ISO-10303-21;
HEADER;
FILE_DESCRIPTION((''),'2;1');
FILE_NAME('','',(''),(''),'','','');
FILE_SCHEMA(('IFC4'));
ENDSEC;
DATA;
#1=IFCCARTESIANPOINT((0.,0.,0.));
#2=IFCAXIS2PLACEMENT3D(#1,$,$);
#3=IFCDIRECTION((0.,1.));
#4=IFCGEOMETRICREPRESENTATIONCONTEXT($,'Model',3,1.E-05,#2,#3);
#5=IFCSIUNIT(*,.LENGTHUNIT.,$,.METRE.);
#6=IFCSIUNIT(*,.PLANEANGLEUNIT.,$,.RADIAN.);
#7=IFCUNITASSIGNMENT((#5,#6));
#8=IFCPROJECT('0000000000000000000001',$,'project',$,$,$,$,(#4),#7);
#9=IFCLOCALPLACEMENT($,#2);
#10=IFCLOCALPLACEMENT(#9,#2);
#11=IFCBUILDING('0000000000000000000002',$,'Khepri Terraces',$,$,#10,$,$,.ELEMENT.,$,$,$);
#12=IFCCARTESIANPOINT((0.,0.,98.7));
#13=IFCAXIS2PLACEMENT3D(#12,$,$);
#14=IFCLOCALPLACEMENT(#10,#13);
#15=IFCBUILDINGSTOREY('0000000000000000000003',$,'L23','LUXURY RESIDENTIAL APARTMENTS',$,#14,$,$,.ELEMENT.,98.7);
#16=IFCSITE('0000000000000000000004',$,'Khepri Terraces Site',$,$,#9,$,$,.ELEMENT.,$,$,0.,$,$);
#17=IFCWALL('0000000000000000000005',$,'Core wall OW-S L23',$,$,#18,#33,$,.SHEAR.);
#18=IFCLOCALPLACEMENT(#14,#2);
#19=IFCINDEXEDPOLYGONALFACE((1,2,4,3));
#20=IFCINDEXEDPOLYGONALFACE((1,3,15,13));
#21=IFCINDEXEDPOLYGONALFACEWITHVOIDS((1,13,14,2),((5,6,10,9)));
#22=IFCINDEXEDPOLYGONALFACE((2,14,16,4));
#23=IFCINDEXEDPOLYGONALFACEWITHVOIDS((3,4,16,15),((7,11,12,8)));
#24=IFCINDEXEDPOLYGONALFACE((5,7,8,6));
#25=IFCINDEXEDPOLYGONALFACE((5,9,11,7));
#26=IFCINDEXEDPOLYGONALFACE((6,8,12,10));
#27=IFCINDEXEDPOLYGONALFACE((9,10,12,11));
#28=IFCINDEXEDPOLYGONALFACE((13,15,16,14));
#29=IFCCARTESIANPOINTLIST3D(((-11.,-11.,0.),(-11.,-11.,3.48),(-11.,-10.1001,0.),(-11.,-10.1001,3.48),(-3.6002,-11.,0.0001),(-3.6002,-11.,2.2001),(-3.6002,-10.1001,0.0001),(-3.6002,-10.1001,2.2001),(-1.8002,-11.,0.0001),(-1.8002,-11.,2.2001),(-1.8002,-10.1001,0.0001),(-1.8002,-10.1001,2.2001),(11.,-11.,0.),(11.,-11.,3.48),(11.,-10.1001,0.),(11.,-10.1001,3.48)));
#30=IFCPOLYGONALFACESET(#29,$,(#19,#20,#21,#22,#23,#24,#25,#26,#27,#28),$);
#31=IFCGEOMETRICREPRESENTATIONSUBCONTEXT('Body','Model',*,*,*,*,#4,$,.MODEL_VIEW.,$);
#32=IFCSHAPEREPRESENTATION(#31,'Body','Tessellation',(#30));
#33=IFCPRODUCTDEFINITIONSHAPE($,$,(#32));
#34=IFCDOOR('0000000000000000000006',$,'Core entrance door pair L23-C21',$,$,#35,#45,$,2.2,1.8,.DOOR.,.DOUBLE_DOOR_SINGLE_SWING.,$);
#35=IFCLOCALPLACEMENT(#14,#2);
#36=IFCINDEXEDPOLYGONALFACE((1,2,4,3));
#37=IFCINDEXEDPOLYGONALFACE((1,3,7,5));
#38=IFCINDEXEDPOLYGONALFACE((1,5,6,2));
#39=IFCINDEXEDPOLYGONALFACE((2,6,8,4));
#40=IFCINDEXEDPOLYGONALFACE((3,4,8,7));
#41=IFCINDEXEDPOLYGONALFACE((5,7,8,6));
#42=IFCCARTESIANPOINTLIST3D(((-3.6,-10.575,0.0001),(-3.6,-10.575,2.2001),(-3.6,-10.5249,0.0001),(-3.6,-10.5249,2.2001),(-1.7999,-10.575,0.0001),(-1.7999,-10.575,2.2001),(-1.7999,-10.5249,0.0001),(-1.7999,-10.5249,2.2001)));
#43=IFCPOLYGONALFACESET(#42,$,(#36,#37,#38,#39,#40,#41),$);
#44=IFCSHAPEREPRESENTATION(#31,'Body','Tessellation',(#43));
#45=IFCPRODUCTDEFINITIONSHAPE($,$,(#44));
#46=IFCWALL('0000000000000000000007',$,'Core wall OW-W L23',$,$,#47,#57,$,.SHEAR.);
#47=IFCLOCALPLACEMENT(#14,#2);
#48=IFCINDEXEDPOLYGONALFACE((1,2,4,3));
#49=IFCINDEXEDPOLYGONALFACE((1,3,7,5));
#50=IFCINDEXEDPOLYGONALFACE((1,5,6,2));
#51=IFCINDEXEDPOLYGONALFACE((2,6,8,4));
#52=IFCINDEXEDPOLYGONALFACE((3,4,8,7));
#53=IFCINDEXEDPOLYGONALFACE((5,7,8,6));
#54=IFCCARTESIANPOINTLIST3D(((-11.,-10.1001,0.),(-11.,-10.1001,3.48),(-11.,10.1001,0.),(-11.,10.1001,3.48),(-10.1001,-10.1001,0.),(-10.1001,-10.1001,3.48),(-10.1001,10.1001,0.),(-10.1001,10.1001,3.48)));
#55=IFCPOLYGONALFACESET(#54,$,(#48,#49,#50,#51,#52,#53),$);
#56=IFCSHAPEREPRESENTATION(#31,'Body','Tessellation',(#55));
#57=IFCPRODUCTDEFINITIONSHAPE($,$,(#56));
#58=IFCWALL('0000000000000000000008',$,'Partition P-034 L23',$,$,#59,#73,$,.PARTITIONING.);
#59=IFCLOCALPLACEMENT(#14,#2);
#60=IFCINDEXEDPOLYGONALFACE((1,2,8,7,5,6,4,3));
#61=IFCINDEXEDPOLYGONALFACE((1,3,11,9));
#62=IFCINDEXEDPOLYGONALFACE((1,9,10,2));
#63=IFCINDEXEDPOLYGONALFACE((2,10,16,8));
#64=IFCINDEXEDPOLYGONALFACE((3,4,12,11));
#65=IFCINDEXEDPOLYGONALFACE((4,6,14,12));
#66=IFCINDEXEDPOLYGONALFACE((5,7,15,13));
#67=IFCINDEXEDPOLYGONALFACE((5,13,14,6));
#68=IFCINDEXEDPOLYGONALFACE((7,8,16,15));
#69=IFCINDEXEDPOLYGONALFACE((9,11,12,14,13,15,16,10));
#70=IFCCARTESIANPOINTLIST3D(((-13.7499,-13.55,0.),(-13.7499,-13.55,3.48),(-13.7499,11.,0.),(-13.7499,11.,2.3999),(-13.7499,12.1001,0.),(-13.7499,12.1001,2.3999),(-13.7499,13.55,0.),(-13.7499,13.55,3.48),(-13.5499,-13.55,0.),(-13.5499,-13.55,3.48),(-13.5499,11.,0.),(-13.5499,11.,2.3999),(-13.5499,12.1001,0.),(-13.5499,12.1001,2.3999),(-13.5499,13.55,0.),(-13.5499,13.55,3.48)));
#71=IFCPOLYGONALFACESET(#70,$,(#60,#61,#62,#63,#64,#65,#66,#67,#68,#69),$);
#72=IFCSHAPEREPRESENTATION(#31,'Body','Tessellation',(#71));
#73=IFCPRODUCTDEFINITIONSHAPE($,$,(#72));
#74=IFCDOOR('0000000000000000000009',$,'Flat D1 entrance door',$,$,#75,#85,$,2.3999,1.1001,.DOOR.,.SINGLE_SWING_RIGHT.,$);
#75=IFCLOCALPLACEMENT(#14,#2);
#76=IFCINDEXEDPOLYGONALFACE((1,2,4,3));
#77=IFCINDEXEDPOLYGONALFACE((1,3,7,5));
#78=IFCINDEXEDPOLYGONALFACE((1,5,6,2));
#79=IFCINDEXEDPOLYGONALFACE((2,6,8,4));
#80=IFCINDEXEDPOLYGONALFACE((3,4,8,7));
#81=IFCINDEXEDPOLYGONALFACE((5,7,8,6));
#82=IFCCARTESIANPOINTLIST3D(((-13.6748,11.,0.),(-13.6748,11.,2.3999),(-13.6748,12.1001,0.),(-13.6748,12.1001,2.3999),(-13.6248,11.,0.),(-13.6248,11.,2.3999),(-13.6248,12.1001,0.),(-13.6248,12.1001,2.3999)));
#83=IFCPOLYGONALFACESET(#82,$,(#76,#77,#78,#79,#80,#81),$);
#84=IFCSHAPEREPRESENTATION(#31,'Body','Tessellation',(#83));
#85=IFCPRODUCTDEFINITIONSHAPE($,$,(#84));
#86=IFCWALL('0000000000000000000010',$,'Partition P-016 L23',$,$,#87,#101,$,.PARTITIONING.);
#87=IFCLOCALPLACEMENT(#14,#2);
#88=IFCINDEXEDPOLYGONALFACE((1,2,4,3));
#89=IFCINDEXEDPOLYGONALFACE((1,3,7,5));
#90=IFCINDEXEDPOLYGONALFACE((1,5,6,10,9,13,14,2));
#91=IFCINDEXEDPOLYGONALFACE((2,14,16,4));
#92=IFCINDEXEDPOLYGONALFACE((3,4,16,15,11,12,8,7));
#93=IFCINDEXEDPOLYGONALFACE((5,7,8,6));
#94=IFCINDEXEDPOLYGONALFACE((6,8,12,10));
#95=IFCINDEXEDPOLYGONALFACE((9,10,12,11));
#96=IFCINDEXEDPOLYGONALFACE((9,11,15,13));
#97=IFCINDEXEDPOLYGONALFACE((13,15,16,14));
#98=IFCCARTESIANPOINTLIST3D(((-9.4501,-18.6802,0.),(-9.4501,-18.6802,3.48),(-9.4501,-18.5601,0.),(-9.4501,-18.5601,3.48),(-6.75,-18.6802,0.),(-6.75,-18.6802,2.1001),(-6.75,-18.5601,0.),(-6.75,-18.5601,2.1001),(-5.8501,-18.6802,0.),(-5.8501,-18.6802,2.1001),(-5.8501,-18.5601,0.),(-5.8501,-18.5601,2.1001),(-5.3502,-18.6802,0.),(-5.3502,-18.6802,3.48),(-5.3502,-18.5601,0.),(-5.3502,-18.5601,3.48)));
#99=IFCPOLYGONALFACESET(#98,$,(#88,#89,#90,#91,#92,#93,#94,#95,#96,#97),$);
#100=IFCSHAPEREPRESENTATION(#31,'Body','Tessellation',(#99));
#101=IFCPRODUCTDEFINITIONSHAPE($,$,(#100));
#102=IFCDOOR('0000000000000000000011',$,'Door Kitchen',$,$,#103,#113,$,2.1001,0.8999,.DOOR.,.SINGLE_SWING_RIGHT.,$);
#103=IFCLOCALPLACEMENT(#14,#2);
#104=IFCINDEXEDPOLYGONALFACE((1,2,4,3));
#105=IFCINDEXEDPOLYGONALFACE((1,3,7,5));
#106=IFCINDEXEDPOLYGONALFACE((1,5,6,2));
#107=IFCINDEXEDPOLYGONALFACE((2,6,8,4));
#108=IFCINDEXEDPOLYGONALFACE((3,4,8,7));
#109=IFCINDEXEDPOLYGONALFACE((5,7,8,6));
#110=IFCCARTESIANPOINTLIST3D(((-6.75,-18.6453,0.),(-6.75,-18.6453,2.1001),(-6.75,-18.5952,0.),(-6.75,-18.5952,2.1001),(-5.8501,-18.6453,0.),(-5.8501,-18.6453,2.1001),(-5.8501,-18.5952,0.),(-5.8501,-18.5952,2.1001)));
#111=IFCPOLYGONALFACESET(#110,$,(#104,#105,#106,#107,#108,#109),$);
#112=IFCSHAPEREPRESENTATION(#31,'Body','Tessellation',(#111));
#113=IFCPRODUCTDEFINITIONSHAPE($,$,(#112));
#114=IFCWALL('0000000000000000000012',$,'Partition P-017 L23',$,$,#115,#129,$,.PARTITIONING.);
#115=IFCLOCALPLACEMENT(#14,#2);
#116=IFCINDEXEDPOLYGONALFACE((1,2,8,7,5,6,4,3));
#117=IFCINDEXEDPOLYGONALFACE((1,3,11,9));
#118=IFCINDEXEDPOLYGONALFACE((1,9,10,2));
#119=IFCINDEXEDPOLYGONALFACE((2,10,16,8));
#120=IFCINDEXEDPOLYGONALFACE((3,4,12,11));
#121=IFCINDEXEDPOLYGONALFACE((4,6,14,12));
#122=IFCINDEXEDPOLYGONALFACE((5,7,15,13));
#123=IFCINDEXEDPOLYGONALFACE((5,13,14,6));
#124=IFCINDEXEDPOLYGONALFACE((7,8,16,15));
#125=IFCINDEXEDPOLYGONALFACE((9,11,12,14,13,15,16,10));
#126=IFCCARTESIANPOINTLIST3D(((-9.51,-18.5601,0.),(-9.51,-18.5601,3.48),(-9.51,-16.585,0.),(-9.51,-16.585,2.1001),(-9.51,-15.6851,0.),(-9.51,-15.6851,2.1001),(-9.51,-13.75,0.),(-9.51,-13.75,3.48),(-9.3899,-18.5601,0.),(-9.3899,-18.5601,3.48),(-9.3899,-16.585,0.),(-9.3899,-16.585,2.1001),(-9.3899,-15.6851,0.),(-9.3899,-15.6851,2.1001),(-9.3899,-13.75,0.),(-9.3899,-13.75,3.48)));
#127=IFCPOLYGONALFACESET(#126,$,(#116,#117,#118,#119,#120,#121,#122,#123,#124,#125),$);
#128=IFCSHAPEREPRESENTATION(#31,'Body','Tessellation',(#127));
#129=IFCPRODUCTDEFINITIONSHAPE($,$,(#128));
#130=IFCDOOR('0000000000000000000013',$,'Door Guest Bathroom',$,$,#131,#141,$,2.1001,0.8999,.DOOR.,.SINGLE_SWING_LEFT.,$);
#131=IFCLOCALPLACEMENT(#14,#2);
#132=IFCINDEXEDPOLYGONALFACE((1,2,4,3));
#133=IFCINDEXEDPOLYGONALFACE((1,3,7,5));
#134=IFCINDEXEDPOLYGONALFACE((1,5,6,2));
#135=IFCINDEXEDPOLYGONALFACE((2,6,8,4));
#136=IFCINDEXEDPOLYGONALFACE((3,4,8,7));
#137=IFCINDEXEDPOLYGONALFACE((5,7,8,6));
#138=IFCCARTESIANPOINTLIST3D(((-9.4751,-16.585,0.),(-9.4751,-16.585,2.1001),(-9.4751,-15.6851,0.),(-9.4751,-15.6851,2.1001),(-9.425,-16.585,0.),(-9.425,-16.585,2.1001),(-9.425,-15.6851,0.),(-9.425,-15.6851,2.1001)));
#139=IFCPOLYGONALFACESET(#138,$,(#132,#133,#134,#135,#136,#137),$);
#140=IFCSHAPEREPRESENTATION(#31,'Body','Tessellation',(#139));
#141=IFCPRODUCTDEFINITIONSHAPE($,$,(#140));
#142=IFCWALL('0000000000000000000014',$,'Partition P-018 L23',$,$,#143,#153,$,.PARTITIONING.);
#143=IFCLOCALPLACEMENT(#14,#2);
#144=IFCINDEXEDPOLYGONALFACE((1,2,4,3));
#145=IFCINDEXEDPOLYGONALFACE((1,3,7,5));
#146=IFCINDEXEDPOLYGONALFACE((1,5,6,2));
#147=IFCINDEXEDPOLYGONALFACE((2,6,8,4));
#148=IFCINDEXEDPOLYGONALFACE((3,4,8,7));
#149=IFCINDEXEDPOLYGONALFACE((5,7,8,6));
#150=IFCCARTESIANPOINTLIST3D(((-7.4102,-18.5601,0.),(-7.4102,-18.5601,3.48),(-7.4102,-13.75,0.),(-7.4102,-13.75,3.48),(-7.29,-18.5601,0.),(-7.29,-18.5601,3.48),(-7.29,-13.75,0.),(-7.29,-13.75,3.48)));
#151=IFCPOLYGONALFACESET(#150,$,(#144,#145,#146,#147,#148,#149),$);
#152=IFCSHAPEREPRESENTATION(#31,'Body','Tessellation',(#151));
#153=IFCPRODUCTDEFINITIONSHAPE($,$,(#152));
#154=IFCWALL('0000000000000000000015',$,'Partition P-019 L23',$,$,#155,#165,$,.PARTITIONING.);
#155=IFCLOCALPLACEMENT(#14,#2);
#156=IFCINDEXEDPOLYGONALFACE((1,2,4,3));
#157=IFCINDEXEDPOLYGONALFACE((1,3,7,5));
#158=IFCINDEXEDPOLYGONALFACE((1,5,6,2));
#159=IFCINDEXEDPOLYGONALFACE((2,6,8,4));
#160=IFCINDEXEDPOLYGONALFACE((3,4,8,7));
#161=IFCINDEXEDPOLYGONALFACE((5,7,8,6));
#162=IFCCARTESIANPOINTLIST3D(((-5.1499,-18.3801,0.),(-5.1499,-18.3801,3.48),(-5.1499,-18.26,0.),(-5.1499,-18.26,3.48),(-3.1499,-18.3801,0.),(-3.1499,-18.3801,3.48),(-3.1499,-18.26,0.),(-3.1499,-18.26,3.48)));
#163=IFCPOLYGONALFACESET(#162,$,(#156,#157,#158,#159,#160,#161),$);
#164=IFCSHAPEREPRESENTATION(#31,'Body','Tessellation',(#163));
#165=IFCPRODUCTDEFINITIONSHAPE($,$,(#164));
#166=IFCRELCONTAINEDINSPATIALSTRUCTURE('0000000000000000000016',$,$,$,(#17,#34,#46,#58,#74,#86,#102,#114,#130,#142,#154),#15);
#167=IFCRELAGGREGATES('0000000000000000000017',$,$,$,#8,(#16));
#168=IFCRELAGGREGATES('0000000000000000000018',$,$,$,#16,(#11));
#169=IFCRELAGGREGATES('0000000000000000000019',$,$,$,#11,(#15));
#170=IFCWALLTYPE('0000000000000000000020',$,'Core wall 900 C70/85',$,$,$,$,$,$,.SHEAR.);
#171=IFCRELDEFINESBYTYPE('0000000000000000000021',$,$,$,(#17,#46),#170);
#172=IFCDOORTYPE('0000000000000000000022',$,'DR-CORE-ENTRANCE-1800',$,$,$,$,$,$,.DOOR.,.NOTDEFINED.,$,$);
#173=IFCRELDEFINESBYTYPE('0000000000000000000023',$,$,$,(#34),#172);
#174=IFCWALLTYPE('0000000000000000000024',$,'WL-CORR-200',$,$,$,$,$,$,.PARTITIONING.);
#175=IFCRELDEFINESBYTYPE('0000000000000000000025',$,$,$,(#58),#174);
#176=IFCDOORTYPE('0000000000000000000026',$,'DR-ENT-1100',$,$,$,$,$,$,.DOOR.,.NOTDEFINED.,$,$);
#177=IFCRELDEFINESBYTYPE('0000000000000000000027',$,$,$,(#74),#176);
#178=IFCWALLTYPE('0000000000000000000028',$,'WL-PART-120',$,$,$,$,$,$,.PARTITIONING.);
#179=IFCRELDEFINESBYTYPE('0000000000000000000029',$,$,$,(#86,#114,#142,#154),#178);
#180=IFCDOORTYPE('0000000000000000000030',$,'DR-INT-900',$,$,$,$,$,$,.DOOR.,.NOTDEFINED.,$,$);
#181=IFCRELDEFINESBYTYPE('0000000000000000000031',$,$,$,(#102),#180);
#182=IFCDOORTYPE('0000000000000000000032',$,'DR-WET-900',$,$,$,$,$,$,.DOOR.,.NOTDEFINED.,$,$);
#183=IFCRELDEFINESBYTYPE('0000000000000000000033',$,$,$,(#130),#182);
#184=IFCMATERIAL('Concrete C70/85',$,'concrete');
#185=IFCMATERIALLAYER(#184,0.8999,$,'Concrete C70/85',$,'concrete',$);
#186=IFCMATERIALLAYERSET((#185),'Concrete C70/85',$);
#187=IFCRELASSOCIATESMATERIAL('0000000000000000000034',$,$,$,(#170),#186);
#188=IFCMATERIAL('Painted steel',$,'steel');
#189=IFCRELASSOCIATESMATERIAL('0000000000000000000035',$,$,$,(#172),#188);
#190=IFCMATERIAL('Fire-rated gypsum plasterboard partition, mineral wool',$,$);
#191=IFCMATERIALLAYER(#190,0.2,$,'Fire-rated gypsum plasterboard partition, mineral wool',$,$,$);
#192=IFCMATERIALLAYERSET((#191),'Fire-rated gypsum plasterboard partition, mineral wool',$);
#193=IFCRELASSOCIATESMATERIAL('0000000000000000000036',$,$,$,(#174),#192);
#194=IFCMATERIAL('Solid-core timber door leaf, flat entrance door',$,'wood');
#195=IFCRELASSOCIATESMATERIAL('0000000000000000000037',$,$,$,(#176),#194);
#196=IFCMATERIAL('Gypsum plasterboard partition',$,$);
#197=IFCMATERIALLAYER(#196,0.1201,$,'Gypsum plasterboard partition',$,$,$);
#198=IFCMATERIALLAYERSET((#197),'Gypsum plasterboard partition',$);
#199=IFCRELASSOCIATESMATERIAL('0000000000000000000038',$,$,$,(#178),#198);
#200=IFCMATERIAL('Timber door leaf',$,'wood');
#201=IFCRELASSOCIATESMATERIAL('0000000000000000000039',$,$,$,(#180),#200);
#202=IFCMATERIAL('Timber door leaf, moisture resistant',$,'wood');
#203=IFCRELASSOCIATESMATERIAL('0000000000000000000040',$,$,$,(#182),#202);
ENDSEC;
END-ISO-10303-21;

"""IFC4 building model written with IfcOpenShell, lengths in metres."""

from ifc_helpers import new_model, si_unit, direction, frame, frame_2d, origin, place, context, subcontext, project, spatial, rectangle, extrude, material, layer, layer_set, type_object, element, fill, save


model = new_model("IFC4")

# Units and contexts
model_context = context("Model", 3, precision=1e-05, world=origin(), true_north=direction((0.0, 1.0)))
body_context = subcontext(model_context, "Body", "Model", "MODEL_VIEW")
ifc_project = project(units=[si_unit("LENGTHUNIT", "METRE"), si_unit("PLANEANGLEUNIT", "RADIAN")], contexts=[model_context])

# Site, building, storey
site_placement = place(None, origin())
site = spatial("IfcSite", under=ifc_project, at=site_placement, Name="Khepri Terraces Site", CompositionType="ELEMENT", RefElevation=0.0)
building_placement = place(site_placement, origin())
building = spatial("IfcBuilding", under=site, at=building_placement, Name="Khepri Terraces", CompositionType="ELEMENT")
storey_placement = place(building_placement, frame((0.0, 0.0, 98.7)))
storey = spatial("IfcBuildingStorey", under=building, at=storey_placement, Name="L23", Description="LUXURY RESIDENTIAL APARTMENTS", CompositionType="ELEMENT", Elevation=98.7)

# Wall, opening, door
ifc_material_1 = material(Name="Concrete C70/85", Category="concrete")
ifc_layer_1 = layer(ifc_material_1, 0.8999, Name="Concrete C70/85", Category="concrete")
ifc_layer_set_1 = layer_set([ifc_layer_1], Name="Concrete C70/85")
wall_type_1 = type_object("IfcWallType", Name="Core wall 900 C70/85", PredefinedType="SHEAR", material=ifc_layer_set_1)
wall_1_placement = place(storey_placement, frame((-11.0, -10.55, 0.0), z_axis=(0.0, 0.0, 1.0), x_axis=(1.0, 0.0, 0.0)))
wall_1 = element("IfcWall", 1, at=wall_1_placement, inside=storey, type_object=wall_type_1, Name="Core wall OW-S L23", PredefinedType="SHEAR", context=body_context, shape_type="SweptSolid", body=[
    extrude(rectangle(XDim=22.0, YDim=0.8999, at=frame_2d((11.0, 0.0))), origin(), (0.0, 0.0, 1.0), 3.48),
])
opening_1_placement = place(wall_1_placement, frame((7.3999, 0.0, 0.0)))
opening_1 = element("IfcOpeningElement", 2, at=opening_1_placement, cuts=wall_1, PredefinedType="OPENING", context=body_context, shape_type="SweptSolid", body=[
    extrude(rectangle(XDim=1.8, YDim=2.2, at=frame_2d((0.8999, 1.1001))), frame((0.0, 0.46, 0.0), z_axis=(0.0, -1.0, 0.0), x_axis=(1.0, 0.0, 0.0)), (0.0, 0.0, 1.0), 0.9199),
])
ifc_material_2 = material(Name="Painted steel", Category="steel")
door_type_1 = type_object("IfcDoorType", Name="DR-CORE-ENTRANCE-1800", OperationType="NOTDEFINED", PredefinedType="DOOR", material=ifc_material_2)
door_1_placement = place(opening_1_placement, frame((1.8, 0.0, 0.0), z_axis=(0.0, 0.0, 1.0), x_axis=(-1.0, 0.0, 0.0)))
door_1 = element("IfcDoor", 3, at=door_1_placement, inside=storey, type_object=door_type_1, Name="Core entrance door pair L23-C21", OperationType="DOUBLE_DOOR_SINGLE_SWING", OverallHeight=2.2, OverallWidth=1.8, PredefinedType="DOOR", context=body_context, shape_type="SweptSolid", body=[
    extrude(rectangle(XDim=1.8, YDim=2.2, at=frame_2d((0.8999, 1.1001))), frame((0.0, 0.0249, 0.0), z_axis=(0.0, -1.0, 0.0), x_axis=(1.0, 0.0, 0.0)), (0.0, 0.0, 1.0), 0.05),
])
fill(opening_1, door_1)

# Wall
wall_2_placement = place(storey_placement, frame((-10.55, -10.1001, 0.0), z_axis=(0.0, 0.0, 1.0), x_axis=(0.0, 1.0, 0.0)))
element("IfcWall", 4, at=wall_2_placement, inside=storey, type_object=wall_type_1, Name="Core wall OW-W L23", PredefinedType="SHEAR", context=body_context, shape_type="SweptSolid", body=[
    extrude(rectangle(XDim=20.2002, YDim=0.8999, at=frame_2d((10.1001, 0.0))), origin(), (0.0, 0.0, 1.0), 3.48),
])

# Walls, openings, doors
ifc_material_3 = material(Name="Fire-rated gypsum plasterboard partition, mineral wool")
ifc_layer_2 = layer(ifc_material_3, 0.2, Name="Fire-rated gypsum plasterboard partition, mineral wool")
ifc_layer_set_2 = layer_set([ifc_layer_2], Name="Fire-rated gypsum plasterboard partition, mineral wool")
wall_type_2 = type_object("IfcWallType", Name="WL-CORR-200", PredefinedType="PARTITIONING", material=ifc_layer_set_2)
wall_3_placement = place(storey_placement, frame((-13.6499, -13.55, 0.0), z_axis=(0.0, 0.0, 1.0), x_axis=(0.0, 1.0, 0.0)))
wall_3 = element("IfcWall", 5, at=wall_3_placement, inside=storey, type_object=wall_type_2, Name="Partition P-034 L23", PredefinedType="PARTITIONING", context=body_context, shape_type="SweptSolid", body=[
    extrude(rectangle(XDim=27.1001, YDim=0.2, at=frame_2d((13.55, 0.0))), origin(), (0.0, 0.0, 1.0), 3.48),
])
opening_2_placement = place(wall_3_placement, frame((24.55, 0.0, 0.0)))
opening_2 = element("IfcOpeningElement", 6, at=opening_2_placement, cuts=wall_3, PredefinedType="OPENING", context=body_context, shape_type="SweptSolid", body=[
    extrude(rectangle(XDim=1.1001, YDim=2.3999, at=frame_2d((0.55, 1.2))), frame((0.0, 0.1099, 0.0), z_axis=(0.0, -1.0, 0.0), x_axis=(1.0, 0.0, 0.0)), (0.0, 0.0, 1.0), 0.22),
])
ifc_material_4 = material(Name="Solid-core timber door leaf, flat entrance door", Category="wood")
door_type_2 = type_object("IfcDoorType", Name="DR-ENT-1100", OperationType="NOTDEFINED", PredefinedType="DOOR", material=ifc_material_4)
door_2_placement = place(opening_2_placement, origin())
door_2 = element("IfcDoor", 7, at=door_2_placement, inside=storey, type_object=door_type_2, Name="Flat D1 entrance door", OperationType="SINGLE_SWING_RIGHT", OverallHeight=2.3999, OverallWidth=1.1001, PredefinedType="DOOR", context=body_context, shape_type="SweptSolid", body=[
    extrude(rectangle(XDim=1.1001, YDim=2.3999, at=frame_2d((0.55, 1.2))), frame((0.0, 0.0249, 0.0), z_axis=(0.0, -1.0, 0.0), x_axis=(1.0, 0.0, 0.0)), (0.0, 0.0, 1.0), 0.05),
])
fill(opening_2, door_2)
ifc_material_5 = material(Name="Gypsum plasterboard partition")
ifc_layer_3 = layer(ifc_material_5, 0.1201, Name="Gypsum plasterboard partition")
ifc_layer_set_3 = layer_set([ifc_layer_3], Name="Gypsum plasterboard partition")
wall_type_3 = type_object("IfcWallType", Name="WL-PART-120", PredefinedType="PARTITIONING", material=ifc_layer_set_3)
wall_4_placement = place(storey_placement, frame((-9.45, -18.6201, 0.0), z_axis=(0.0, 0.0, 1.0), x_axis=(1.0, 0.0, 0.0)))
wall_4 = element("IfcWall", 8, at=wall_4_placement, inside=storey, type_object=wall_type_3, Name="Partition P-016 L23", PredefinedType="PARTITIONING", context=body_context, shape_type="SweptSolid", body=[
    extrude(rectangle(XDim=4.0999, YDim=0.1201, at=frame_2d((2.0498, 0.0))), origin(), (0.0, 0.0, 1.0), 3.48),
])
opening_3_placement = place(wall_4_placement, frame((2.7, 0.0, 0.0)))
opening_3 = element("IfcOpeningElement", 9, at=opening_3_placement, cuts=wall_4, PredefinedType="OPENING", context=body_context, shape_type="SweptSolid", body=[
    extrude(rectangle(XDim=0.8999, YDim=2.1001, at=frame_2d((0.45, 1.05))), frame((0.0, 0.0701, 0.0), z_axis=(0.0, -1.0, 0.0), x_axis=(1.0, 0.0, 0.0)), (0.0, 0.0, 1.0), 0.1401),
])
ifc_material_6 = material(Name="Timber door leaf", Category="wood")
door_type_3 = type_object("IfcDoorType", Name="DR-INT-900", OperationType="NOTDEFINED", PredefinedType="DOOR", material=ifc_material_6)
door_3_placement = place(opening_3_placement, origin())
door_3 = element("IfcDoor", 10, at=door_3_placement, inside=storey, type_object=door_type_3, Name="Door Kitchen", OperationType="SINGLE_SWING_RIGHT", OverallHeight=2.1001, OverallWidth=0.8999, PredefinedType="DOOR", context=body_context, shape_type="SweptSolid", body=[
    extrude(rectangle(XDim=0.8999, YDim=2.1001, at=frame_2d((0.45, 1.05))), frame((0.0, 0.0249, 0.0), z_axis=(0.0, -1.0, 0.0), x_axis=(1.0, 0.0, 0.0)), (0.0, 0.0, 1.0), 0.05),
])
fill(opening_3, door_3)
wall_5_placement = place(storey_placement, frame((-9.45, -18.5601, 0.0), z_axis=(0.0, 0.0, 1.0), x_axis=(0.0, 1.0, 0.0)))
wall_5 = element("IfcWall", 11, at=wall_5_placement, inside=storey, type_object=wall_type_3, Name="Partition P-017 L23", PredefinedType="PARTITIONING", context=body_context, shape_type="SweptSolid", body=[
    extrude(rectangle(XDim=4.8101, YDim=0.1201, at=frame_2d((2.405, 0.0))), origin(), (0.0, 0.0, 1.0), 3.48),
])
opening_4_placement = place(wall_5_placement, frame((1.9751, 0.0, 0.0)))
opening_4 = element("IfcOpeningElement", 12, at=opening_4_placement, cuts=wall_5, PredefinedType="OPENING", context=body_context, shape_type="SweptSolid", body=[
    extrude(rectangle(XDim=0.8999, YDim=2.1001, at=frame_2d((0.45, 1.05))), frame((0.0, 0.0701, 0.0), z_axis=(0.0, -1.0, 0.0), x_axis=(1.0, 0.0, 0.0)), (0.0, 0.0, 1.0), 0.1401),
])
ifc_material_7 = material(Name="Timber door leaf, moisture resistant", Category="wood")
door_type_4 = type_object("IfcDoorType", Name="DR-WET-900", OperationType="NOTDEFINED", PredefinedType="DOOR", material=ifc_material_7)
door_4_placement = place(opening_4_placement, frame((0.8999, 0.0, 0.0), z_axis=(0.0, 0.0, 1.0), x_axis=(-1.0, 0.0, 0.0)))
door_4 = element("IfcDoor", 13, at=door_4_placement, inside=storey, type_object=door_type_4, Name="Door Guest Bathroom", OperationType="SINGLE_SWING_LEFT", OverallHeight=2.1001, OverallWidth=0.8999, PredefinedType="DOOR", context=body_context, shape_type="SweptSolid", body=[
    extrude(rectangle(XDim=0.8999, YDim=2.1001, at=frame_2d((0.45, 1.05))), frame((0.0, 0.0249, 0.0), z_axis=(0.0, -1.0, 0.0), x_axis=(1.0, 0.0, 0.0)), (0.0, 0.0, 1.0), 0.05),
])
fill(opening_4, door_4)

# Walls
wall_6_placement = place(storey_placement, frame((-7.3501, -18.5601, 0.0), z_axis=(0.0, 0.0, 1.0), x_axis=(0.0, 1.0, 0.0)))
element("IfcWall", 14, at=wall_6_placement, inside=storey, type_object=wall_type_3, Name="Partition P-018 L23", PredefinedType="PARTITIONING", context=body_context, shape_type="SweptSolid", body=[
    extrude(rectangle(XDim=4.8101, YDim=0.1201, at=frame_2d((2.405, 0.0))), origin(), (0.0, 0.0, 1.0), 3.48),
])
wall_7_placement = place(storey_placement, frame((-5.1499, -18.3201, 0.0), z_axis=(0.0, 0.0, 1.0), x_axis=(1.0, 0.0, 0.0)))
element("IfcWall", 15, at=wall_7_placement, inside=storey, type_object=wall_type_3, Name="Partition P-019 L23", PredefinedType="PARTITIONING", context=body_context, shape_type="SweptSolid", body=[
    extrude(rectangle(XDim=2.0, YDim=0.1201, at=frame_2d((1.0, 0.0))), origin(), (0.0, 0.0, 1.0), 3.48),
])

save(model, "model.ifc")
